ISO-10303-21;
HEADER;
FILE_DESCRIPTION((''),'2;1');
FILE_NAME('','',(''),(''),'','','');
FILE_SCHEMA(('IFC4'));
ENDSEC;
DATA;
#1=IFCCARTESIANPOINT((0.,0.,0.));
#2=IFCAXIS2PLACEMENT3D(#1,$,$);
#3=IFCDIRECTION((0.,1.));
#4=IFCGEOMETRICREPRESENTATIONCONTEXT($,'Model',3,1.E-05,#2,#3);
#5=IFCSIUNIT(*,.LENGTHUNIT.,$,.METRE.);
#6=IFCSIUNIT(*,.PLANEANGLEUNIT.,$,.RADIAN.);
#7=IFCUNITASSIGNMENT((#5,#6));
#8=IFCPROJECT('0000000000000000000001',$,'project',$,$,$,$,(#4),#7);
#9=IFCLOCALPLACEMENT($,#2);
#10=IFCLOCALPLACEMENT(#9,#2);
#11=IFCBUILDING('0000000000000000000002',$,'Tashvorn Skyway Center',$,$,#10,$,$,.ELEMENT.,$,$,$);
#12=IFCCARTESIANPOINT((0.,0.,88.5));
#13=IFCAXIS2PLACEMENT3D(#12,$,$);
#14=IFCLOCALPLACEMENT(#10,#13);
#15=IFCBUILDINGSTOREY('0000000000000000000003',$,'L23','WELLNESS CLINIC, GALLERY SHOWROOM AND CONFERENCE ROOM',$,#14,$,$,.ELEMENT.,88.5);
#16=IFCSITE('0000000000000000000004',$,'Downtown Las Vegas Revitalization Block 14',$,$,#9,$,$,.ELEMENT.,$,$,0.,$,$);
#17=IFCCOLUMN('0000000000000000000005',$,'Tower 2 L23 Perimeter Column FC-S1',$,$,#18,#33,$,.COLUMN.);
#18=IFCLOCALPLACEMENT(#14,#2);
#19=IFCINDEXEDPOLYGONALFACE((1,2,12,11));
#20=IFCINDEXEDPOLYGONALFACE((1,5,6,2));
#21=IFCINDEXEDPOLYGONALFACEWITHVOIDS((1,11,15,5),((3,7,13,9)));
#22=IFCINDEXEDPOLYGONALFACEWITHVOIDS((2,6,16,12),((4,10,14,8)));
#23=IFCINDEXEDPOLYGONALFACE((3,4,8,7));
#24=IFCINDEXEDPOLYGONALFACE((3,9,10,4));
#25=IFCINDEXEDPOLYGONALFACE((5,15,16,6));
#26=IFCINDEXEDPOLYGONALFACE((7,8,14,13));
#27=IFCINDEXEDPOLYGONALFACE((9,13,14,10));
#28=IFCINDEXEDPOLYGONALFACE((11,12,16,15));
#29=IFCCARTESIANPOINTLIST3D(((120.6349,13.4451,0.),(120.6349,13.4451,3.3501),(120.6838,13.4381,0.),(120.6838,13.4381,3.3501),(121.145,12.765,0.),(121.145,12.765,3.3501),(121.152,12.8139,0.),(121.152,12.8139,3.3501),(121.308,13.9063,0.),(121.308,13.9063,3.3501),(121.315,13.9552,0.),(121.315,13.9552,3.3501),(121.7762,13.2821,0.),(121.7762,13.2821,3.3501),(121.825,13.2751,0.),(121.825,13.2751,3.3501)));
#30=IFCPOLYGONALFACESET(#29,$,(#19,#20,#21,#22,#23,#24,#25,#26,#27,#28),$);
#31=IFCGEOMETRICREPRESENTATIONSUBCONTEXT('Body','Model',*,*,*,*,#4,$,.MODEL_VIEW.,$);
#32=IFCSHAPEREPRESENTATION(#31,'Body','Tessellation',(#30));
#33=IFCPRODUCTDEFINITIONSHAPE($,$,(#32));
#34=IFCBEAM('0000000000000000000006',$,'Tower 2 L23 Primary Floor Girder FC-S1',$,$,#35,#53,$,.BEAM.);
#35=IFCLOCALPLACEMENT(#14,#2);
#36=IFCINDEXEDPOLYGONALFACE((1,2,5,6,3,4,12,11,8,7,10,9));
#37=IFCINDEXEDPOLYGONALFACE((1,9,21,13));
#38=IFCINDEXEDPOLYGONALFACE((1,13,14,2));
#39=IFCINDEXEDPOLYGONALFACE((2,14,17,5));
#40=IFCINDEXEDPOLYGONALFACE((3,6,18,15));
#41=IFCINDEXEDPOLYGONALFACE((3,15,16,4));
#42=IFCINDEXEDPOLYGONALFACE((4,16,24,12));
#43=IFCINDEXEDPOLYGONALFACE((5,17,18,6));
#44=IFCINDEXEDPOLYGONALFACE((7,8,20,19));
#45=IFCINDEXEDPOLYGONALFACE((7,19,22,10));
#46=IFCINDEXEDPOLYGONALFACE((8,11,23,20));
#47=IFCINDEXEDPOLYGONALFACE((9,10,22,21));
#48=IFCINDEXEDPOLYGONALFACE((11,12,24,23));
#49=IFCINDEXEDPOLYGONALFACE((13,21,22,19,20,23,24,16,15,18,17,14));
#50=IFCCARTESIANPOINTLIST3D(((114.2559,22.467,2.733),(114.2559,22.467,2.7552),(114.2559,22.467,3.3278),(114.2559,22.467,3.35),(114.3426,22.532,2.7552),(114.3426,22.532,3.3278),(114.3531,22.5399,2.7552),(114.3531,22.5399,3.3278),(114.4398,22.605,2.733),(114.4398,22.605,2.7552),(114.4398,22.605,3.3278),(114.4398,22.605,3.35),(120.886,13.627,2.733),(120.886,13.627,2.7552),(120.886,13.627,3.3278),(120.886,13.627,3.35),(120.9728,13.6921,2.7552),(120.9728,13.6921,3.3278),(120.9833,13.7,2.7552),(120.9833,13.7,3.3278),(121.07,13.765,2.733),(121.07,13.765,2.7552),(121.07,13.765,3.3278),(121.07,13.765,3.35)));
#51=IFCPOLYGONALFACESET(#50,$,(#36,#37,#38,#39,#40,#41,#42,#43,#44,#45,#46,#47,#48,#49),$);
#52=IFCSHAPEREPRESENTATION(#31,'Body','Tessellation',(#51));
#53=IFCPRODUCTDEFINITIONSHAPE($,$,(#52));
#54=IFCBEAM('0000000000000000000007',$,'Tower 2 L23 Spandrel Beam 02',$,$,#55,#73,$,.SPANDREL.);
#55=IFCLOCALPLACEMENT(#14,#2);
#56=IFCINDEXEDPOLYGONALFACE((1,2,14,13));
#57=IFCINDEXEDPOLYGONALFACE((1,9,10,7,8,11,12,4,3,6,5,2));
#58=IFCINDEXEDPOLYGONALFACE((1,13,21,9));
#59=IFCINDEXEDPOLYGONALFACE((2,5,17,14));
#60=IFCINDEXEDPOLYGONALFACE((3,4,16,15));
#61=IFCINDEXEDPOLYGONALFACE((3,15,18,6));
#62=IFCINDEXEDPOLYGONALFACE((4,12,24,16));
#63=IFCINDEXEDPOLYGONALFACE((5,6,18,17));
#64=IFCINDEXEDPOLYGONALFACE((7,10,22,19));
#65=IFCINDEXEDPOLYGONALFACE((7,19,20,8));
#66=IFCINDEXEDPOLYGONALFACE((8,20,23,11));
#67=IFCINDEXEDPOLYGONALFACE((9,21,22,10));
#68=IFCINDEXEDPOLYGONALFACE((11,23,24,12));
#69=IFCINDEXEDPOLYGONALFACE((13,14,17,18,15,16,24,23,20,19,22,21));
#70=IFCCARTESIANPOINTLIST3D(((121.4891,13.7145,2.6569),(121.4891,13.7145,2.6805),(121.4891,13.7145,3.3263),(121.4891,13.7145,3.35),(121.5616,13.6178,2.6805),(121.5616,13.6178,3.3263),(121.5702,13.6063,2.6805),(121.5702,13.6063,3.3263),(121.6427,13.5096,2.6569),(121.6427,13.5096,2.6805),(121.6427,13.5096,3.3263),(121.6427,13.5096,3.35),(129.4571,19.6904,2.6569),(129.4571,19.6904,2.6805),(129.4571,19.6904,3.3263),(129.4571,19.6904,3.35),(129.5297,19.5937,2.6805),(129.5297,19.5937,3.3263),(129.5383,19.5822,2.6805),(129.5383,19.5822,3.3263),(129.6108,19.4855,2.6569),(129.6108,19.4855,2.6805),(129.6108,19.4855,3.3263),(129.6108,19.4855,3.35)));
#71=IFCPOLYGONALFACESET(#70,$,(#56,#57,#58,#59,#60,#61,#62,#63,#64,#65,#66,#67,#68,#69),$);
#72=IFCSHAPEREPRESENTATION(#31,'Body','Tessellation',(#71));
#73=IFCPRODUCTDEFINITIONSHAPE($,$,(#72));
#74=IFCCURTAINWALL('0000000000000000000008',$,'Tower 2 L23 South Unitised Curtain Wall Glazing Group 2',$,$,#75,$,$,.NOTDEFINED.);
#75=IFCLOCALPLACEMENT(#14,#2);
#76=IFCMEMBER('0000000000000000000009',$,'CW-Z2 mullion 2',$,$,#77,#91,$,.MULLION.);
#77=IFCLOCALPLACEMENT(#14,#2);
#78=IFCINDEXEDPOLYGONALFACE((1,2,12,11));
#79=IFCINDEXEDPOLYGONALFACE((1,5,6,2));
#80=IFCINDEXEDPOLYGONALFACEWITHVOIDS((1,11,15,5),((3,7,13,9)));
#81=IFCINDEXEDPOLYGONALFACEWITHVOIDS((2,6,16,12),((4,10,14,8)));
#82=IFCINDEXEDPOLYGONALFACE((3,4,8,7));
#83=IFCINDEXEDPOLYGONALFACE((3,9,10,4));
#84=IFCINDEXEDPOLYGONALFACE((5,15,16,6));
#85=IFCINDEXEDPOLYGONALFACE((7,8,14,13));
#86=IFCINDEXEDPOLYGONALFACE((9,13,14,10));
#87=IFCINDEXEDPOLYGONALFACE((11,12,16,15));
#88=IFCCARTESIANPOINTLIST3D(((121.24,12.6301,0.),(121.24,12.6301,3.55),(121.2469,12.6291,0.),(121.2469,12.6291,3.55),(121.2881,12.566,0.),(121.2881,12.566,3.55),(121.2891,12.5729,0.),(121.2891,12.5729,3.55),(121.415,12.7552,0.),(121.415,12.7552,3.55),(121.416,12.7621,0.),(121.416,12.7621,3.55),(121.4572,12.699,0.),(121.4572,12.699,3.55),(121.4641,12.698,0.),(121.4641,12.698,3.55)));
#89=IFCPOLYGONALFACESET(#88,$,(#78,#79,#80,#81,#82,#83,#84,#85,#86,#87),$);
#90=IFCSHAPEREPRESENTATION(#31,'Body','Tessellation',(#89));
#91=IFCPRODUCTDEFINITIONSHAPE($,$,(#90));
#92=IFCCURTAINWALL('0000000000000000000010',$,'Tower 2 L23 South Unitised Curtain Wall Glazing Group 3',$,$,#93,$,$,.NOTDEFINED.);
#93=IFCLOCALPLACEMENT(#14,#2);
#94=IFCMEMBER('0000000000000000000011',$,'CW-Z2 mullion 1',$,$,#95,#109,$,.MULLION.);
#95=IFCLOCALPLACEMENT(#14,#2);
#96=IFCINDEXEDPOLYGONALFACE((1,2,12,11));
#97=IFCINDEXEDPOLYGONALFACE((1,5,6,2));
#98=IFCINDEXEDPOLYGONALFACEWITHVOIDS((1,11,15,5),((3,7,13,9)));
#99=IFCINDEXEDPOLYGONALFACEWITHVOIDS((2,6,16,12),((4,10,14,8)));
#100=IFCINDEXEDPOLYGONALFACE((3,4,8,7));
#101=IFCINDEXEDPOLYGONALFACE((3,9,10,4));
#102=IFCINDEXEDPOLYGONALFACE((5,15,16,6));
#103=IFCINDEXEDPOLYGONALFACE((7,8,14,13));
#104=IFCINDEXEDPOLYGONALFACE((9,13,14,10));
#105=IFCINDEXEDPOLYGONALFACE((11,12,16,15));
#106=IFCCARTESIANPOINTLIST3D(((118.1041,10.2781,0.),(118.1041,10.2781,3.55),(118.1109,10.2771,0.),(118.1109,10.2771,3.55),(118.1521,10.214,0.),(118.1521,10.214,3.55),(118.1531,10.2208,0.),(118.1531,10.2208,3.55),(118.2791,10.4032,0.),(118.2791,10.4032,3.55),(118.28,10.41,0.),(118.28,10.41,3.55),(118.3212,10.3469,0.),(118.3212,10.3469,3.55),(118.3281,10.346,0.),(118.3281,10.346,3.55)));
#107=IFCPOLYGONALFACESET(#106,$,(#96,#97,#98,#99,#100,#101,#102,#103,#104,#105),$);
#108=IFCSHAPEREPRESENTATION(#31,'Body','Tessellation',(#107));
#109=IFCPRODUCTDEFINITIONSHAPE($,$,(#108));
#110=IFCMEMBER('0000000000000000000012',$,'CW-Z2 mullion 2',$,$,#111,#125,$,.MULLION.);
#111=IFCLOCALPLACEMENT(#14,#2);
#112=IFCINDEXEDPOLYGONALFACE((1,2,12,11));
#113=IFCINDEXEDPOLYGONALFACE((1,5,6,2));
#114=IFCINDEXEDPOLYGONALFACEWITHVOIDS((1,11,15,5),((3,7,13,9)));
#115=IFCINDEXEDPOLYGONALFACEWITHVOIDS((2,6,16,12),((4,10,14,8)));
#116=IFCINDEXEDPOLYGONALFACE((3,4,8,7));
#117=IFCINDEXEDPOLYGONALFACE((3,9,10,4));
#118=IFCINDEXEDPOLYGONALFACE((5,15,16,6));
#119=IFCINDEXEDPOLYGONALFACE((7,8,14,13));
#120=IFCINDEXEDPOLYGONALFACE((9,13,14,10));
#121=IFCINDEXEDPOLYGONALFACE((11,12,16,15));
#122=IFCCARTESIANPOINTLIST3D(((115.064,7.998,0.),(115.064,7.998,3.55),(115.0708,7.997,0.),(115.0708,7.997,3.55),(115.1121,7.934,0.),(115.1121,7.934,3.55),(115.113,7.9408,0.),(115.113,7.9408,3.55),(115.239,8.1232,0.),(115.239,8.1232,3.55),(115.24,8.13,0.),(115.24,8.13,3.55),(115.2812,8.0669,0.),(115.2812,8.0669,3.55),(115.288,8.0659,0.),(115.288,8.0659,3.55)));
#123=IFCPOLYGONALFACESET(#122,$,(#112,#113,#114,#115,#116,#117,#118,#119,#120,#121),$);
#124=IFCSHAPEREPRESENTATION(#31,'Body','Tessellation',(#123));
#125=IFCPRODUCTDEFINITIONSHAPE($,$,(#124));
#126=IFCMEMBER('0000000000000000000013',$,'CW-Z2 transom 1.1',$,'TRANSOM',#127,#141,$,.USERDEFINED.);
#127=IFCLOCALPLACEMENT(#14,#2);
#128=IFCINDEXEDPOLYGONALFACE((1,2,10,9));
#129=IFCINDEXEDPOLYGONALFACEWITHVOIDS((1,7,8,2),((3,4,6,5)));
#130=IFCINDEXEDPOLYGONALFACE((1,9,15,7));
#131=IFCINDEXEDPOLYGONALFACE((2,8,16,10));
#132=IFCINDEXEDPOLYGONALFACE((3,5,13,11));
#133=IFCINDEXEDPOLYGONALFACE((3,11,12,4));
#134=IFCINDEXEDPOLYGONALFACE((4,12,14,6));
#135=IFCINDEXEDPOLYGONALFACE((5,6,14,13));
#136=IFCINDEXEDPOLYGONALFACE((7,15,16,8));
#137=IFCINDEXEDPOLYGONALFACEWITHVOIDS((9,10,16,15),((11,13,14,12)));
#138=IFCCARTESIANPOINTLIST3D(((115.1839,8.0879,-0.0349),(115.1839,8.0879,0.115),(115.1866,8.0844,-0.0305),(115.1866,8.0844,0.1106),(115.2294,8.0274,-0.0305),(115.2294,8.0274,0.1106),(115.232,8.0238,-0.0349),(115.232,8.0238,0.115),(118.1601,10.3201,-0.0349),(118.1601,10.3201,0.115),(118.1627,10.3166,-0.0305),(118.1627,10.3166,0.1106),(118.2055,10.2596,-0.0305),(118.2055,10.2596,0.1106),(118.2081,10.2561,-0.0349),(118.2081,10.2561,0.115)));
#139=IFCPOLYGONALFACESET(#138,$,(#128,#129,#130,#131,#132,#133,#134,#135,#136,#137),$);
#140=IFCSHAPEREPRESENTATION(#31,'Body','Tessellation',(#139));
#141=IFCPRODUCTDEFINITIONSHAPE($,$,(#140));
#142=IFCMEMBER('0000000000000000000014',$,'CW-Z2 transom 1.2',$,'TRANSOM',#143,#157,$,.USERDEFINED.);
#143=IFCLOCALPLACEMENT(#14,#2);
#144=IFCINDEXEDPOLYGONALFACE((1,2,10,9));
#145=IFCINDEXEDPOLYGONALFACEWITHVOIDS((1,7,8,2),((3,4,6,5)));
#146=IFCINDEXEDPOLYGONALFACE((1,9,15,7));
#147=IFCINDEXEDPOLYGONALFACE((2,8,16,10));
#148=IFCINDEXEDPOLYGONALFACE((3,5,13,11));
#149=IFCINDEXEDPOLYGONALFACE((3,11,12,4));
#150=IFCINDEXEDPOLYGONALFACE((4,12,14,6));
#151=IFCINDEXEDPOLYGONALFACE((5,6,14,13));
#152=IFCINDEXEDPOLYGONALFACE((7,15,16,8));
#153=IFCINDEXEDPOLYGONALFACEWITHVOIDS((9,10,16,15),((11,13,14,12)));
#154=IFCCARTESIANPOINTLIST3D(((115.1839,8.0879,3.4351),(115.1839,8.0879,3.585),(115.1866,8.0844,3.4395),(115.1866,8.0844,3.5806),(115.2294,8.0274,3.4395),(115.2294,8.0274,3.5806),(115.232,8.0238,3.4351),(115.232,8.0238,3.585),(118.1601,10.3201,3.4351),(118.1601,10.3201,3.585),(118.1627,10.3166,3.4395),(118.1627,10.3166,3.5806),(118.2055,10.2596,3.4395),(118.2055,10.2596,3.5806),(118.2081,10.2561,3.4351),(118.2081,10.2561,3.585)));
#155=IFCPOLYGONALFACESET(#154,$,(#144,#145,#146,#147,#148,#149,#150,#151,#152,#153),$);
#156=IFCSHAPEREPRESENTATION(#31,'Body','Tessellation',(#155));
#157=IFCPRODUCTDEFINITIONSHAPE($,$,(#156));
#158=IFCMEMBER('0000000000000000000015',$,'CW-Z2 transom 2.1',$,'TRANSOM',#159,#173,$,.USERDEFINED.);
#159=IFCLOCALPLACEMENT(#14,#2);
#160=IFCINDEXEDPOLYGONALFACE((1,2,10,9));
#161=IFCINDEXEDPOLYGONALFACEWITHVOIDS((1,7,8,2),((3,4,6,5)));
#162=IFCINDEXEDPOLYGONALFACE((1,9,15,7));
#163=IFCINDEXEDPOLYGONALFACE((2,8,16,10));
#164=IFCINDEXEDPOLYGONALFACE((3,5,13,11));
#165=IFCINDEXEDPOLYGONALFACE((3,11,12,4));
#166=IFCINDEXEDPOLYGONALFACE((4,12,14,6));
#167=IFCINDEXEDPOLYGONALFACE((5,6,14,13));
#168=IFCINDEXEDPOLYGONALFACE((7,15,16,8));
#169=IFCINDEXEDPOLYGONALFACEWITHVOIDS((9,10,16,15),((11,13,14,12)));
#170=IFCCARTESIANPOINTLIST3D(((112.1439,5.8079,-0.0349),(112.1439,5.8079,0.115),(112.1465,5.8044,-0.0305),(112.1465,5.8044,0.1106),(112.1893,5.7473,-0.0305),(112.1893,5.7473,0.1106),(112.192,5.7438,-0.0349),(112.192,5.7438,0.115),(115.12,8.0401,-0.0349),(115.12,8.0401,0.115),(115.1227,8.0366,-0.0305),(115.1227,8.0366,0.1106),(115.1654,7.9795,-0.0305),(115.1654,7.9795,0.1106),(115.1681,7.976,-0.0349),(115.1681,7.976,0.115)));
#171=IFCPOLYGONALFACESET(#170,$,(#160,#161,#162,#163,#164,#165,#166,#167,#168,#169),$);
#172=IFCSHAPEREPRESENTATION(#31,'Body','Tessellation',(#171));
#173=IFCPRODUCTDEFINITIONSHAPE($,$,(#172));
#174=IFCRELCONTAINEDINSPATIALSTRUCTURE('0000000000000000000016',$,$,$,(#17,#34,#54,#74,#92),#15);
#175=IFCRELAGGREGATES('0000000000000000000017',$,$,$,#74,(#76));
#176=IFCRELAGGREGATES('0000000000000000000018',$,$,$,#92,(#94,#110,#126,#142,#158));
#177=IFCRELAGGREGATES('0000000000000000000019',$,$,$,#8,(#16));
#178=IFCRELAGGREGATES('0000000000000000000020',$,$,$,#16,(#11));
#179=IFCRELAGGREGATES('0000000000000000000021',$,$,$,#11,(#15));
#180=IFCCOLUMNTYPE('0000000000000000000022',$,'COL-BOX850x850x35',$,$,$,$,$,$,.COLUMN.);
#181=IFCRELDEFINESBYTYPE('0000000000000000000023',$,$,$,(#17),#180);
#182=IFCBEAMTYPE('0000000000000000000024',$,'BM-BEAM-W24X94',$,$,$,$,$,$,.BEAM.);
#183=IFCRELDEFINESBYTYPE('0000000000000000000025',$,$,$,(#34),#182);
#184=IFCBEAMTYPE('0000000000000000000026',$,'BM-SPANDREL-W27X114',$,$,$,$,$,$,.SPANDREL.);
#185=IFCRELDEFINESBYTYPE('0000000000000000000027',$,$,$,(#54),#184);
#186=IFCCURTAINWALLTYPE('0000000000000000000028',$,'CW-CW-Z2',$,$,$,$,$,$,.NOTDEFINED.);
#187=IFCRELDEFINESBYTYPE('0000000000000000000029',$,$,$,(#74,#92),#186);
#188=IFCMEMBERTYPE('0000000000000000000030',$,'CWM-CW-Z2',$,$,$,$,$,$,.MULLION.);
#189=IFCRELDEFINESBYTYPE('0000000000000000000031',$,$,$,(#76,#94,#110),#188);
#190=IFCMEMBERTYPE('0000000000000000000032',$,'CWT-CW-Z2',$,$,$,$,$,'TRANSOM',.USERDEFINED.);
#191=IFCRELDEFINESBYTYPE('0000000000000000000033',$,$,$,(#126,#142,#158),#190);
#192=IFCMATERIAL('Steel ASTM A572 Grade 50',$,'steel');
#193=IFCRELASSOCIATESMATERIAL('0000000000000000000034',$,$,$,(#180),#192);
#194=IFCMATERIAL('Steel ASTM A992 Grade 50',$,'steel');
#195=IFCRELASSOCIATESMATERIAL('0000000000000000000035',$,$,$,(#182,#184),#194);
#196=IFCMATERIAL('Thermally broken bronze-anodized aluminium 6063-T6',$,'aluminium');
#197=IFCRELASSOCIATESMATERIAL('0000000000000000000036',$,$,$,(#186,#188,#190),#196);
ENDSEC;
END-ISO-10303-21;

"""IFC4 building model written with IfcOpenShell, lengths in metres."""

from ifc_helpers import new_model, si_unit, direction, frame, origin, origin_2d, place, context, subcontext, project, spatial, hollow_rectangle, i_section, extrude, material, material_profile, profile_set, type_object, element, aggregate, save


model = new_model("IFC4")

# Units and contexts
model_context = context("Model", 3, precision=1e-05, world=origin(), true_north=direction((0.0, 1.0)))
body_context = subcontext(model_context, "Body", "Model", "MODEL_VIEW")
ifc_project = project(units=[si_unit("LENGTHUNIT", "METRE"), si_unit("PLANEANGLEUNIT", "RADIAN")], contexts=[model_context])

# Site, building, storey
site_placement = place(None, origin())
site = spatial("IfcSite", under=ifc_project, at=site_placement, Name="Downtown Las Vegas Revitalization Block 14", CompositionType="ELEMENT", RefElevation=0.0)
building_placement = place(site_placement, origin())
building = spatial("IfcBuilding", under=site, at=building_placement, Name="Tashvorn Skyway Center", CompositionType="ELEMENT")
storey_placement = place(building_placement, frame((0.0, 0.0, 88.5)))
storey = spatial("IfcBuildingStorey", under=building, at=storey_placement, Name="L23", Description="WELLNESS CLINIC, GALLERY SHOWROOM AND CONFERENCE ROOM", CompositionType="ELEMENT", Elevation=88.5)

# Column
ifc_material_1 = material(Name="Steel ASTM A572 Grade 50", Category="steel")
ifc_material_profile_1 = material_profile(ifc_material_1, hollow_rectangle(XDim=0.8501, YDim=0.8501, WallThickness=0.0349, at=origin_2d()), Name="BOX850x850x35")
ifc_profile_set_1 = profile_set([ifc_material_profile_1], Name="Steel ASTM A572 Grade 50")
column_type = type_object("IfcColumnType", Name="COL-BOX850x850x35", PredefinedType="COLUMN", material=ifc_profile_set_1)
column_placement = place(storey_placement, frame((121.23, 13.3601, 0.0), z_axis=(0.0, 0.0, 1.0), x_axis=(0.8, 0.6, 0.0)))
element("IfcColumn", 1, at=column_placement, inside=storey, type_object=column_type, Name="Tower 2 L23 Perimeter Column FC-S1", PredefinedType="COLUMN", context=body_context, shape_type="SweptSolid", body=[
    extrude(hollow_rectangle(XDim=0.8501, YDim=0.8501, WallThickness=0.0349, at=origin_2d()), origin(), (0.0, 0.0, 1.0), 3.3501),
])

# Beams
ifc_material_2 = material(Name="Steel ASTM A992 Grade 50", Category="steel")
ifc_material_profile_2 = material_profile(ifc_material_2, i_section(OverallWidth=0.23, OverallDepth=0.6169, WebThickness=0.0132, FlangeThickness=0.0222, at=origin_2d()), Name="W24X94")
ifc_profile_set_2 = profile_set([ifc_material_profile_2], Name="Steel ASTM A992 Grade 50")
beam_type_1 = type_object("IfcBeamType", Name="BM-BEAM-W24X94", PredefinedType="BEAM", material=ifc_profile_set_2)
beam_1_placement = place(storey_placement, frame((120.978, 13.696, 3.0415), z_axis=(-0.600014, 0.799989, 0.0), x_axis=(-0.799989, -0.600014, 0.0)))
element("IfcBeam", 2, at=beam_1_placement, inside=storey, type_object=beam_type_1, Name="Tower 2 L23 Primary Floor Girder FC-S1", PredefinedType="BEAM", context=body_context, shape_type="SweptSolid", body=[
    extrude(i_section(OverallWidth=0.23, OverallDepth=0.6169, WebThickness=0.0132, FlangeThickness=0.0222, at=origin_2d()), origin(), (0.0, 0.0, 1.0), 11.05),
])
ifc_material_profile_3 = material_profile(ifc_material_2, i_section(OverallWidth=0.2561, OverallDepth=0.6931, WebThickness=0.0144, FlangeThickness=0.0237, at=origin_2d()), Name="W27X114")
ifc_profile_set_3 = profile_set([ifc_material_profile_3], Name="Steel ASTM A992 Grade 50")
beam_type_2 = type_object("IfcBeamType", Name="BM-SPANDREL-W27X114", PredefinedType="SPANDREL", material=ifc_profile_set_3)
beam_2_placement = place(storey_placement, frame((121.5659, 13.6121, 3.0034), z_axis=(0.800009, 0.599988, 0.0), x_axis=(-0.599988, 0.800009, 0.0)))
element("IfcBeam", 3, at=beam_2_placement, inside=storey, type_object=beam_type_2, Name="Tower 2 L23 Spandrel Beam 02", PredefinedType="SPANDREL", context=body_context, shape_type="SweptSolid", body=[
    extrude(i_section(OverallWidth=0.2561, OverallDepth=0.6931, WebThickness=0.0144, FlangeThickness=0.0237, at=origin_2d()), origin(), (0.0, 0.0, 1.0), 9.96),
])

# Curtain wall, member
ifc_material_3 = material(Name="Thermally broken bronze-anodized aluminium 6063-T6", Category="aluminium")
curtain_wall_type = type_object("IfcCurtainWallType", Name="CW-CW-Z2", PredefinedType="NOTDEFINED", material=ifc_material_3)
curtain_wall_1_placement = place(storey_placement, origin())
curtain_wall_1 = element("IfcCurtainWall", 4, at=curtain_wall_1_placement, inside=storey, type_object=curtain_wall_type, Name="Tower 2 L23 South Unitised Curtain Wall Glazing Group 2", PredefinedType="NOTDEFINED")
ifc_material_profile_4 = material_profile(ifc_material_3, hollow_rectangle(XDim=0.0801, YDim=0.22, WallThickness=0.0049, at=origin_2d()), Name="ALU-MULL-80x220")
ifc_profile_set_4 = profile_set([ifc_material_profile_4], Name="Thermally broken bronze-anodized aluminium 6063-T6")
member_type_1 = type_object("IfcMemberType", Name="CWM-CW-Z2", PredefinedType="MULLION", material=ifc_profile_set_4)
member_1_placement = place(storey_placement, frame((121.3521, 12.6641, 0.0), z_axis=(0.0, 0.0, 1.0), x_axis=(0.6, -0.8, 0.0)))
member_1 = element("IfcMember", 5, at=member_1_placement, type_object=member_type_1, Name="CW-Z2 mullion 2", PredefinedType="MULLION", context=body_context, shape_type="SweptSolid", body=[
    extrude(hollow_rectangle(XDim=0.0801, YDim=0.22, WallThickness=0.0049, at=origin_2d()), origin(), (0.0, 0.0, 1.0), 3.55),
])
aggregate(curtain_wall_1, [member_1])

# Curtain wall, members
curtain_wall_2_placement = place(storey_placement, origin())
curtain_wall_2 = element("IfcCurtainWall", 6, at=curtain_wall_2_placement, inside=storey, type_object=curtain_wall_type, Name="Tower 2 L23 South Unitised Curtain Wall Glazing Group 3", PredefinedType="NOTDEFINED")
member_2_placement = place(storey_placement, frame((118.2161, 10.312, 0.0), z_axis=(0.0, 0.0, 1.0), x_axis=(0.6, -0.8, 0.0)))
member_2 = element("IfcMember", 7, at=member_2_placement, type_object=member_type_1, Name="CW-Z2 mullion 1", PredefinedType="MULLION", context=body_context, shape_type="SweptSolid", body=[
    extrude(hollow_rectangle(XDim=0.0801, YDim=0.22, WallThickness=0.0049, at=origin_2d()), origin(), (0.0, 0.0, 1.0), 3.55),
])
member_3_placement = place(storey_placement, frame((115.176, 8.032, 0.0), z_axis=(0.0, 0.0, 1.0), x_axis=(0.6, -0.8, 0.0)))
member_3 = element("IfcMember", 8, at=member_3_placement, type_object=member_type_1, Name="CW-Z2 mullion 2", PredefinedType="MULLION", context=body_context, shape_type="SweptSolid", body=[
    extrude(hollow_rectangle(XDim=0.0801, YDim=0.22, WallThickness=0.0049, at=origin_2d()), origin(), (0.0, 0.0, 1.0), 3.55),
])
ifc_material_profile_5 = material_profile(ifc_material_3, hollow_rectangle(XDim=0.0801, YDim=0.1499, WallThickness=0.0044, at=origin_2d()), Name="ALU-TRAN-80x150")
ifc_profile_set_5 = profile_set([ifc_material_profile_5], Name="Thermally broken bronze-anodized aluminium 6063-T6")
member_type_2 = type_object("IfcMemberType", Name="CWT-CW-Z2", ElementType="TRANSOM", PredefinedType="USERDEFINED", material=ifc_profile_set_5)
member_4_placement = place(storey_placement, frame((118.1841, 10.2881, 0.04), z_axis=(-0.799984, -0.600021, 0.0), x_axis=(0.600021, -0.799984, 0.0)))
member_4 = element("IfcMember", 9, at=member_4_placement, type_object=member_type_2, Name="CW-Z2 transom 1.1", ObjectType="TRANSOM", PredefinedType="USERDEFINED", context=body_context, shape_type="SweptSolid", body=[
    extrude(hollow_rectangle(XDim=0.0801, YDim=0.1499, WallThickness=0.0044, at=origin_2d()), origin(), (0.0, 0.0, 1.0), 3.7202),
])
member_5_placement = place(storey_placement, frame((118.1841, 10.2881, 3.51), z_axis=(-0.799984, -0.600021, 0.0), x_axis=(0.600021, -0.799984, 0.0)))
member_5 = element("IfcMember", 10, at=member_5_placement, type_object=member_type_2, Name="CW-Z2 transom 1.2", ObjectType="TRANSOM", PredefinedType="USERDEFINED", context=body_context, shape_type="SweptSolid", body=[
    extrude(hollow_rectangle(XDim=0.0801, YDim=0.1499, WallThickness=0.0044, at=origin_2d()), origin(), (0.0, 0.0, 1.0), 3.7202),
])
member_6_placement = place(storey_placement, frame((115.144, 8.0081, 0.04), z_axis=(-0.799984, -0.600021, 0.0), x_axis=(0.600021, -0.799984, 0.0)))
member_6 = element("IfcMember", 11, at=member_6_placement, type_object=member_type_2, Name="CW-Z2 transom 2.1", ObjectType="TRANSOM", PredefinedType="USERDEFINED", context=body_context, shape_type="SweptSolid", body=[
    extrude(hollow_rectangle(XDim=0.0801, YDim=0.1499, WallThickness=0.0044, at=origin_2d()), origin(), (0.0, 0.0, 1.0), 3.7202),
])

aggregate(curtain_wall_2, [member_2, member_3, member_4, member_5, member_6])

save(model, "model.ifc")
